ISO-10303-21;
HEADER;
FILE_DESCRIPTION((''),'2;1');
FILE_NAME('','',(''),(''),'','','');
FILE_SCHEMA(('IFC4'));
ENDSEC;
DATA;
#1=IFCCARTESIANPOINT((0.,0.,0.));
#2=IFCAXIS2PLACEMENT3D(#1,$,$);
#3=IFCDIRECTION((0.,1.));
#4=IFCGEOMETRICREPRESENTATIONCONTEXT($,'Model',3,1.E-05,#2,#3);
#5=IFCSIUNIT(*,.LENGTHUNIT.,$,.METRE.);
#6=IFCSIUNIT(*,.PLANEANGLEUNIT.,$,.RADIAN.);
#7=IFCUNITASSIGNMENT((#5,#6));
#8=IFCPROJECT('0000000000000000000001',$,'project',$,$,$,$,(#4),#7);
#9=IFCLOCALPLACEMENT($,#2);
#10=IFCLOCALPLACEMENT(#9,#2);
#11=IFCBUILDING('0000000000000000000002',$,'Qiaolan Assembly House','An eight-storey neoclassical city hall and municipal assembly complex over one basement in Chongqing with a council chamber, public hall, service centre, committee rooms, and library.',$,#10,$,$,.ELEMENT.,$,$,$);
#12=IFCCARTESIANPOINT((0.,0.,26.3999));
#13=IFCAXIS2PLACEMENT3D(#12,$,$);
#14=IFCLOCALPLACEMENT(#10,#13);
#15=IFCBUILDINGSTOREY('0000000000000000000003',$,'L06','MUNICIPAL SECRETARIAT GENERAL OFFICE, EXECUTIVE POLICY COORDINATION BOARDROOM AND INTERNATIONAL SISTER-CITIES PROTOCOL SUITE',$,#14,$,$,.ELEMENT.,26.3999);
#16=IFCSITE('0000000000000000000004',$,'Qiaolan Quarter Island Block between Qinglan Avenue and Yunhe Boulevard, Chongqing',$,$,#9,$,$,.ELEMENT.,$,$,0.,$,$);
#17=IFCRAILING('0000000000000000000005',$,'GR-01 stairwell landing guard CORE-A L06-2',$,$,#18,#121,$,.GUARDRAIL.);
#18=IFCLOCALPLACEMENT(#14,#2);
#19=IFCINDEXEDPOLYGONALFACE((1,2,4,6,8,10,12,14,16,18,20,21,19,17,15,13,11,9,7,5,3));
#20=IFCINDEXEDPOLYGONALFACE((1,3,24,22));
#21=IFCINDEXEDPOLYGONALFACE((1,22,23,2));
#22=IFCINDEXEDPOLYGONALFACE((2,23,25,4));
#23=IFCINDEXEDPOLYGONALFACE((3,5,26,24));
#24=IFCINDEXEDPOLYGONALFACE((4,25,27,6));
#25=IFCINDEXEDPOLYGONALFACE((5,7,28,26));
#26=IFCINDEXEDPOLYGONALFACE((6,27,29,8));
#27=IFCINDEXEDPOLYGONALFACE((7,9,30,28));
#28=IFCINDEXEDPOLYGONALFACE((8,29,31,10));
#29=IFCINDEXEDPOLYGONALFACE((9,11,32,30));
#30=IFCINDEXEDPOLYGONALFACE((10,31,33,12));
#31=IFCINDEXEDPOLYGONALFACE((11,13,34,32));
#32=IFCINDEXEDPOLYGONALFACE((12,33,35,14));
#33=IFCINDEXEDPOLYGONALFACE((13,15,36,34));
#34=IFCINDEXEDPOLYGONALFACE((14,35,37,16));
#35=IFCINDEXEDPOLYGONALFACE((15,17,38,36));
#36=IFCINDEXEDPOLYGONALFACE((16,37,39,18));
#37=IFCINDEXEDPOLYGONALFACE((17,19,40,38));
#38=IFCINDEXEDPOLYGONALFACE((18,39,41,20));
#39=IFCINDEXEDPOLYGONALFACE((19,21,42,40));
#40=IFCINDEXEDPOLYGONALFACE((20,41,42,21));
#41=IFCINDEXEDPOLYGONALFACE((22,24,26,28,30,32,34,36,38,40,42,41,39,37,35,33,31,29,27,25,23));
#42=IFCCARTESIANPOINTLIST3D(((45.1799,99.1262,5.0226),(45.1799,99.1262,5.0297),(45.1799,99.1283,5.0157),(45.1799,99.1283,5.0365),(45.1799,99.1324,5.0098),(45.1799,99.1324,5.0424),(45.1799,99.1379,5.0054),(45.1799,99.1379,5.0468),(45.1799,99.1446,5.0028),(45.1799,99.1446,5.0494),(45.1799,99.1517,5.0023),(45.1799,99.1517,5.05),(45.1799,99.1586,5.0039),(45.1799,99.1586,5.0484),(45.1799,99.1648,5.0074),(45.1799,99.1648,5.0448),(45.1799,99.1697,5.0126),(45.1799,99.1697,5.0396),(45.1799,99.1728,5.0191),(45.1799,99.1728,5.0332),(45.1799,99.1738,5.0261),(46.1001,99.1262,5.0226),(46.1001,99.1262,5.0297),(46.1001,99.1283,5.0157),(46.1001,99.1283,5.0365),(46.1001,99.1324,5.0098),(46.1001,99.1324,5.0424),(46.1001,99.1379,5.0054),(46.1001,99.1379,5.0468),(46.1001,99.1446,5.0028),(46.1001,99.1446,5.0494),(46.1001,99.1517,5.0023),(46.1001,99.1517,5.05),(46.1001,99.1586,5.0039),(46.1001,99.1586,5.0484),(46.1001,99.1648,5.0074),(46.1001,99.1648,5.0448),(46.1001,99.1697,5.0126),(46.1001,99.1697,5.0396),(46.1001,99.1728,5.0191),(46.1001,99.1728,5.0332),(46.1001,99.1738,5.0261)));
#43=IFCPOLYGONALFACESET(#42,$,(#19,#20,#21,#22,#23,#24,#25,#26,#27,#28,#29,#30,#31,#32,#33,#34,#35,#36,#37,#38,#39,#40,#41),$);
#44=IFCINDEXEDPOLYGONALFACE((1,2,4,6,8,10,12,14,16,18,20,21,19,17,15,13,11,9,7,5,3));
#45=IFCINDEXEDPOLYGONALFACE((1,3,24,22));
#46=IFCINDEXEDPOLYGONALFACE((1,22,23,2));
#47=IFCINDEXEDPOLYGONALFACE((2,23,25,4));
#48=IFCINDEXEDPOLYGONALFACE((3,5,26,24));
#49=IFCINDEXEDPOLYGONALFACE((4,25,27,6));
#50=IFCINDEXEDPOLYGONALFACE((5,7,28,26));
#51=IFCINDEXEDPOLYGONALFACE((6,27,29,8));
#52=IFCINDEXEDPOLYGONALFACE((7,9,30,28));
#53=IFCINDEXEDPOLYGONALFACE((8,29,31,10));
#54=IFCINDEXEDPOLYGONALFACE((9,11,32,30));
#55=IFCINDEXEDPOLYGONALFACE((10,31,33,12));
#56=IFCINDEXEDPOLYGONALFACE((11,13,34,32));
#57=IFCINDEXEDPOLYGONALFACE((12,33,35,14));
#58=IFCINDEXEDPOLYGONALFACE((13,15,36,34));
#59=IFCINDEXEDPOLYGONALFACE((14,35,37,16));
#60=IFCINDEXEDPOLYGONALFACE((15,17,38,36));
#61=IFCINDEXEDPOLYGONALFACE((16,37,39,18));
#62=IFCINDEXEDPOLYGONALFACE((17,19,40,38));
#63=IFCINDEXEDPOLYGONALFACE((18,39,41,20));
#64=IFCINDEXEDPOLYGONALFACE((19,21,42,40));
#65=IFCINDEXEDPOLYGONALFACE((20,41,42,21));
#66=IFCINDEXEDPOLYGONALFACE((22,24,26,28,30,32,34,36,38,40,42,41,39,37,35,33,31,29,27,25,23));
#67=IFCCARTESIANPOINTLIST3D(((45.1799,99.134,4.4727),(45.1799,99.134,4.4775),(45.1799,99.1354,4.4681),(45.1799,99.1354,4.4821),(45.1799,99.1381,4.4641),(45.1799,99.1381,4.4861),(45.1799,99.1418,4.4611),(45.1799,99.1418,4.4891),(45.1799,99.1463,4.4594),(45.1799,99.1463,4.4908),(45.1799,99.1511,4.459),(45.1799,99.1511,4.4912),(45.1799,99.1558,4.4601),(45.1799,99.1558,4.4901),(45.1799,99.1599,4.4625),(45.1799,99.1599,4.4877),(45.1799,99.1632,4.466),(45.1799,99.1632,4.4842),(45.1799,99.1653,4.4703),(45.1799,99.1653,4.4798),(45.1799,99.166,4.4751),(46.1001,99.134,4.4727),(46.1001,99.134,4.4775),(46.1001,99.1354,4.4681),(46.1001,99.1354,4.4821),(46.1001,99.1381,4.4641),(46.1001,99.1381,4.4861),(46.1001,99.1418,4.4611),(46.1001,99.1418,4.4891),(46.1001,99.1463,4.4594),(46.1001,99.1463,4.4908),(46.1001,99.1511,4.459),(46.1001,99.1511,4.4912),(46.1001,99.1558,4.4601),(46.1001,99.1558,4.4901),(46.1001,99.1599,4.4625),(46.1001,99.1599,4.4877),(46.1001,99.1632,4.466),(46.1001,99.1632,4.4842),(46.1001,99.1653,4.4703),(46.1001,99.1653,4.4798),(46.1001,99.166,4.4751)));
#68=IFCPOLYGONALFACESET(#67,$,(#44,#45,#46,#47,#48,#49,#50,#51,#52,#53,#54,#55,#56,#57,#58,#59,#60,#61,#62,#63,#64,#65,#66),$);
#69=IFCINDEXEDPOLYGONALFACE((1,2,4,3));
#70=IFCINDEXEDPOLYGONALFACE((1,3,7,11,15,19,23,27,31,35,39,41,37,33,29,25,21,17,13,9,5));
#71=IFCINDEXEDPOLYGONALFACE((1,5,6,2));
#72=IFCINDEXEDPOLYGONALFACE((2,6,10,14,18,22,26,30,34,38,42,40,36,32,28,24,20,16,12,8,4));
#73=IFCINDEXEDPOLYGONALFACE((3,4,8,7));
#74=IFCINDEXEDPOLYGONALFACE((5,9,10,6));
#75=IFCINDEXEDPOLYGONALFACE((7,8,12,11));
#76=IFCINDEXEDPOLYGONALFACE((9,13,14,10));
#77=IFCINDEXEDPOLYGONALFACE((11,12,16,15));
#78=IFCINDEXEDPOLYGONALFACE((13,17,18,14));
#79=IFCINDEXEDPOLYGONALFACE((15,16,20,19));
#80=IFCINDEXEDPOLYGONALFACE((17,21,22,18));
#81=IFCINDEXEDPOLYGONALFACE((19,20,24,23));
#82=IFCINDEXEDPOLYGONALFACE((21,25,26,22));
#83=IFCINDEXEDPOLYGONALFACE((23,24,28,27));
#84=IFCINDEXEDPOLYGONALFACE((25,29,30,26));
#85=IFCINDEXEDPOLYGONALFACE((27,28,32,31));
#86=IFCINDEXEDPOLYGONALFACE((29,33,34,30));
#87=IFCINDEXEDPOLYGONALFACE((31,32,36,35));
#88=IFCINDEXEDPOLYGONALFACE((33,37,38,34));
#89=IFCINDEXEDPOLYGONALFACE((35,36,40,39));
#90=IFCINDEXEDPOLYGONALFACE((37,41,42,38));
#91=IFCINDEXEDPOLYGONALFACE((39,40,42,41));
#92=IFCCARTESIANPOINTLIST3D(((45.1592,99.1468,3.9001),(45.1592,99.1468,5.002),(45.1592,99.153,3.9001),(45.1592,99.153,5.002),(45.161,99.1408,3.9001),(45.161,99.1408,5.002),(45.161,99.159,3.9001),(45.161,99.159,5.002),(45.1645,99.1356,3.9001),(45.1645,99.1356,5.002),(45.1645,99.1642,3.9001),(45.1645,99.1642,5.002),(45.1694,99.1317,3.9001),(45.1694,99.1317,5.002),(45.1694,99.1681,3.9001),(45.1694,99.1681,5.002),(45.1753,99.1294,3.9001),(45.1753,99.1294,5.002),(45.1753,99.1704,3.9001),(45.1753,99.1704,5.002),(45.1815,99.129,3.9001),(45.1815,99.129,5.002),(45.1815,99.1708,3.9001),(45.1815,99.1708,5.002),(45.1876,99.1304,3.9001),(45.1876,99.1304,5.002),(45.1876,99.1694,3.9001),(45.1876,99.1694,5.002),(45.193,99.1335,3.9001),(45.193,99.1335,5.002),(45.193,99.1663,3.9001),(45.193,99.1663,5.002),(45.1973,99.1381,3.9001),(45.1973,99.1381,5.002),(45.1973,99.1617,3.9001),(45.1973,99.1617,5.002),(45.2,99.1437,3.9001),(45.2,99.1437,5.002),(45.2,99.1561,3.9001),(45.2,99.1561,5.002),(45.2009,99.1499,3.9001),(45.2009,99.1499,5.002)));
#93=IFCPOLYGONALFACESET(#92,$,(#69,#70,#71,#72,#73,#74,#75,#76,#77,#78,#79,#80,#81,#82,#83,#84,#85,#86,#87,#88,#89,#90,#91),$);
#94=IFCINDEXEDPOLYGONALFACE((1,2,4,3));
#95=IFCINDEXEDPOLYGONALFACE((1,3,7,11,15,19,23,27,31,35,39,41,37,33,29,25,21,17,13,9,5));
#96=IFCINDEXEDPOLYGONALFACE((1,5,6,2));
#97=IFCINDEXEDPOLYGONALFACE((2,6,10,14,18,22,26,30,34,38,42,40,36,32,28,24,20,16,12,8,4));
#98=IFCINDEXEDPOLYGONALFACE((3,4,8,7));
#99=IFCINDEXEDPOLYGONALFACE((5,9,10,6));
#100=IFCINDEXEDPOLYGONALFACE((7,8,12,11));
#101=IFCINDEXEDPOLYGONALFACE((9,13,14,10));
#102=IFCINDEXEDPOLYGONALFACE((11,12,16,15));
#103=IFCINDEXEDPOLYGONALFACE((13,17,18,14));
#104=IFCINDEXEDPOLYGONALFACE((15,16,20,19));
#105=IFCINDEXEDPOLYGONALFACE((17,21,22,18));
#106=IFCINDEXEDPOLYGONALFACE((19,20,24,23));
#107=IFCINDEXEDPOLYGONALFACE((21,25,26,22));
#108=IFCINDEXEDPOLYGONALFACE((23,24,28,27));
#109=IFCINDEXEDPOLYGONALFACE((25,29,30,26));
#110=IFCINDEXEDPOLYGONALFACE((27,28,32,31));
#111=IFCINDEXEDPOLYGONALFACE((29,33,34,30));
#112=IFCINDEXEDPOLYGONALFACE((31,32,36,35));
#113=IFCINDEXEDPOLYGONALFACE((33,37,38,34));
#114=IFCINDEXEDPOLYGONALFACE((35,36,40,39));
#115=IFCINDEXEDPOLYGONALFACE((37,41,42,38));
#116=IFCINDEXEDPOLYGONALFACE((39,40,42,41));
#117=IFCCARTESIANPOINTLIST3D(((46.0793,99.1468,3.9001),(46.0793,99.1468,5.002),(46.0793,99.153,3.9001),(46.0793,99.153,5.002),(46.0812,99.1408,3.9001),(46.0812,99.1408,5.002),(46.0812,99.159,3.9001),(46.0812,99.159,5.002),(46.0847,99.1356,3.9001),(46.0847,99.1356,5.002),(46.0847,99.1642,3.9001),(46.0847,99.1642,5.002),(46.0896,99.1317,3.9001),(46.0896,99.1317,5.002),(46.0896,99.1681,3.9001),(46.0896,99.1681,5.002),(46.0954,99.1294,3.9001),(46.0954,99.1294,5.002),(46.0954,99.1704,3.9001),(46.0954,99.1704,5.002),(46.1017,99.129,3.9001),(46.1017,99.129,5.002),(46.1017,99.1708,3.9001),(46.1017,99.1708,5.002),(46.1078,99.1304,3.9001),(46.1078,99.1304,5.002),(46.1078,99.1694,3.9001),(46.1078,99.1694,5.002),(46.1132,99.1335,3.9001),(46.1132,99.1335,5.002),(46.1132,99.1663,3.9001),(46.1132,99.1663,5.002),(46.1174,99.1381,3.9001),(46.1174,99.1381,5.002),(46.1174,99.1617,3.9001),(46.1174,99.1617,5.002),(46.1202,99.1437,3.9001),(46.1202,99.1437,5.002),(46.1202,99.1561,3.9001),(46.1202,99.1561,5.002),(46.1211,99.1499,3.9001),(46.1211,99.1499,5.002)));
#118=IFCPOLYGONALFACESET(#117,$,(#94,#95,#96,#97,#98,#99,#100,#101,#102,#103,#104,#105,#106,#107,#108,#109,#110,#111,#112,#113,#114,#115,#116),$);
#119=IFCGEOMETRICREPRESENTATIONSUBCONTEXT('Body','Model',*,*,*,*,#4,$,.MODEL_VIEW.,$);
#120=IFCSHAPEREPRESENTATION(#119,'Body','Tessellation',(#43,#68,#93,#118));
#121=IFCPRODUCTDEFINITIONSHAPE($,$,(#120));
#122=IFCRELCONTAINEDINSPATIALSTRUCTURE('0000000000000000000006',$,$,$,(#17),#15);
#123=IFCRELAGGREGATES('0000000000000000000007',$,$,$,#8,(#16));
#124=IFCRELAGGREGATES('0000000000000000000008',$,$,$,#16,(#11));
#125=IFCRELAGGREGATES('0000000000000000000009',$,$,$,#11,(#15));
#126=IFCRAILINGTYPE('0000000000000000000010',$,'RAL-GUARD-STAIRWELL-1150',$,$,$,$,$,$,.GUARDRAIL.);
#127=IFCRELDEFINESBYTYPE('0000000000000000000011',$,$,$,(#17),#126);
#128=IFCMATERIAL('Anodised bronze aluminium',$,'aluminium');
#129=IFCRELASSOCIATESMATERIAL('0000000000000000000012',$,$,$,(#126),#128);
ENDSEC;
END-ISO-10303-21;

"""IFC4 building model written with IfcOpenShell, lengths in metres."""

from ifc_helpers import new_model, si_unit, direction, frame, origin, origin_2d, place, context, subcontext, project, spatial, circle, extrude, material, type_object, element, save


model = new_model("IFC4")

# Units and contexts
model_context = context("Model", 3, precision=1e-05, world=origin(), true_north=direction((0.0, 1.0)))
body_context = subcontext(model_context, "Body", "Model", "MODEL_VIEW")
ifc_project = project(units=[si_unit("LENGTHUNIT", "METRE"), si_unit("PLANEANGLEUNIT", "RADIAN")], contexts=[model_context])

# Site, building, storey
site_placement = place(None, origin())
site = spatial("IfcSite", under=ifc_project, at=site_placement, Name="Qiaolan Quarter Island Block between Qinglan Avenue and Yunhe Boulevard, Chongqing", CompositionType="ELEMENT", RefElevation=0.0)
building_placement = place(site_placement, origin())
building = spatial("IfcBuilding", under=site, at=building_placement, Name="Qiaolan Assembly House", Description="An eight-storey neoclassical city hall and municipal assembly complex over one basement in Chongqing with a council chamber, public hall, service centre, committee rooms, and library.", CompositionType="ELEMENT")
storey_placement = place(building_placement, frame((0.0, 0.0, 26.3999)))
storey = spatial("IfcBuildingStorey", under=building, at=storey_placement, Name="L06", Description="MUNICIPAL SECRETARIAT GENERAL OFFICE, EXECUTIVE POLICY COORDINATION BOARDROOM AND INTERNATIONAL SISTER-CITIES PROTOCOL SUITE", CompositionType="ELEMENT", Elevation=26.3999)

# Railing
ifc_material_1 = material(Name="Anodised bronze aluminium", Category="aluminium")
railing_type_1 = type_object("IfcRailingType", Name="RAL-GUARD-STAIRWELL-1150", PredefinedType="GUARDRAIL", material=ifc_material_1)
for number, where, name in (
    (1, (45.1799, 99.1499, 3.9001), "GR-01 stairwell landing guard CORE-A L06-2"),
):
    element("IfcRailing", number, at=place(storey_placement, frame(where)), inside=storey, type_object=railing_type_1, Name=name, PredefinedType="GUARDRAIL", context=body_context, shape_type="SweptSolid", body=[
        extrude(circle(Radius=0.0239, at=origin_2d()), frame((0.0, 0.0, 1.126), z_axis=(1.0, 0.0, 0.0), x_axis=(0.0, 1.0, 0.0)), (0.0, 0.0, 1.0), 0.9202),
        extrude(circle(Radius=0.0161, at=origin_2d()), frame((0.0, 0.0, 0.575), z_axis=(1.0, 0.0, 0.0), x_axis=(0.0, 1.0, 0.0)), (0.0, 0.0, 1.0), 0.9202),
        extrude(circle(Radius=0.021, at=origin_2d()), origin(), (0.0, 0.0, 1.0), 1.1018),
        extrude(circle(Radius=0.021, at=origin_2d()), frame((0.9202, 0.0, 0.0)), (0.0, 0.0, 1.0), 1.1018),
    ])

save(model, "model.ifc")
